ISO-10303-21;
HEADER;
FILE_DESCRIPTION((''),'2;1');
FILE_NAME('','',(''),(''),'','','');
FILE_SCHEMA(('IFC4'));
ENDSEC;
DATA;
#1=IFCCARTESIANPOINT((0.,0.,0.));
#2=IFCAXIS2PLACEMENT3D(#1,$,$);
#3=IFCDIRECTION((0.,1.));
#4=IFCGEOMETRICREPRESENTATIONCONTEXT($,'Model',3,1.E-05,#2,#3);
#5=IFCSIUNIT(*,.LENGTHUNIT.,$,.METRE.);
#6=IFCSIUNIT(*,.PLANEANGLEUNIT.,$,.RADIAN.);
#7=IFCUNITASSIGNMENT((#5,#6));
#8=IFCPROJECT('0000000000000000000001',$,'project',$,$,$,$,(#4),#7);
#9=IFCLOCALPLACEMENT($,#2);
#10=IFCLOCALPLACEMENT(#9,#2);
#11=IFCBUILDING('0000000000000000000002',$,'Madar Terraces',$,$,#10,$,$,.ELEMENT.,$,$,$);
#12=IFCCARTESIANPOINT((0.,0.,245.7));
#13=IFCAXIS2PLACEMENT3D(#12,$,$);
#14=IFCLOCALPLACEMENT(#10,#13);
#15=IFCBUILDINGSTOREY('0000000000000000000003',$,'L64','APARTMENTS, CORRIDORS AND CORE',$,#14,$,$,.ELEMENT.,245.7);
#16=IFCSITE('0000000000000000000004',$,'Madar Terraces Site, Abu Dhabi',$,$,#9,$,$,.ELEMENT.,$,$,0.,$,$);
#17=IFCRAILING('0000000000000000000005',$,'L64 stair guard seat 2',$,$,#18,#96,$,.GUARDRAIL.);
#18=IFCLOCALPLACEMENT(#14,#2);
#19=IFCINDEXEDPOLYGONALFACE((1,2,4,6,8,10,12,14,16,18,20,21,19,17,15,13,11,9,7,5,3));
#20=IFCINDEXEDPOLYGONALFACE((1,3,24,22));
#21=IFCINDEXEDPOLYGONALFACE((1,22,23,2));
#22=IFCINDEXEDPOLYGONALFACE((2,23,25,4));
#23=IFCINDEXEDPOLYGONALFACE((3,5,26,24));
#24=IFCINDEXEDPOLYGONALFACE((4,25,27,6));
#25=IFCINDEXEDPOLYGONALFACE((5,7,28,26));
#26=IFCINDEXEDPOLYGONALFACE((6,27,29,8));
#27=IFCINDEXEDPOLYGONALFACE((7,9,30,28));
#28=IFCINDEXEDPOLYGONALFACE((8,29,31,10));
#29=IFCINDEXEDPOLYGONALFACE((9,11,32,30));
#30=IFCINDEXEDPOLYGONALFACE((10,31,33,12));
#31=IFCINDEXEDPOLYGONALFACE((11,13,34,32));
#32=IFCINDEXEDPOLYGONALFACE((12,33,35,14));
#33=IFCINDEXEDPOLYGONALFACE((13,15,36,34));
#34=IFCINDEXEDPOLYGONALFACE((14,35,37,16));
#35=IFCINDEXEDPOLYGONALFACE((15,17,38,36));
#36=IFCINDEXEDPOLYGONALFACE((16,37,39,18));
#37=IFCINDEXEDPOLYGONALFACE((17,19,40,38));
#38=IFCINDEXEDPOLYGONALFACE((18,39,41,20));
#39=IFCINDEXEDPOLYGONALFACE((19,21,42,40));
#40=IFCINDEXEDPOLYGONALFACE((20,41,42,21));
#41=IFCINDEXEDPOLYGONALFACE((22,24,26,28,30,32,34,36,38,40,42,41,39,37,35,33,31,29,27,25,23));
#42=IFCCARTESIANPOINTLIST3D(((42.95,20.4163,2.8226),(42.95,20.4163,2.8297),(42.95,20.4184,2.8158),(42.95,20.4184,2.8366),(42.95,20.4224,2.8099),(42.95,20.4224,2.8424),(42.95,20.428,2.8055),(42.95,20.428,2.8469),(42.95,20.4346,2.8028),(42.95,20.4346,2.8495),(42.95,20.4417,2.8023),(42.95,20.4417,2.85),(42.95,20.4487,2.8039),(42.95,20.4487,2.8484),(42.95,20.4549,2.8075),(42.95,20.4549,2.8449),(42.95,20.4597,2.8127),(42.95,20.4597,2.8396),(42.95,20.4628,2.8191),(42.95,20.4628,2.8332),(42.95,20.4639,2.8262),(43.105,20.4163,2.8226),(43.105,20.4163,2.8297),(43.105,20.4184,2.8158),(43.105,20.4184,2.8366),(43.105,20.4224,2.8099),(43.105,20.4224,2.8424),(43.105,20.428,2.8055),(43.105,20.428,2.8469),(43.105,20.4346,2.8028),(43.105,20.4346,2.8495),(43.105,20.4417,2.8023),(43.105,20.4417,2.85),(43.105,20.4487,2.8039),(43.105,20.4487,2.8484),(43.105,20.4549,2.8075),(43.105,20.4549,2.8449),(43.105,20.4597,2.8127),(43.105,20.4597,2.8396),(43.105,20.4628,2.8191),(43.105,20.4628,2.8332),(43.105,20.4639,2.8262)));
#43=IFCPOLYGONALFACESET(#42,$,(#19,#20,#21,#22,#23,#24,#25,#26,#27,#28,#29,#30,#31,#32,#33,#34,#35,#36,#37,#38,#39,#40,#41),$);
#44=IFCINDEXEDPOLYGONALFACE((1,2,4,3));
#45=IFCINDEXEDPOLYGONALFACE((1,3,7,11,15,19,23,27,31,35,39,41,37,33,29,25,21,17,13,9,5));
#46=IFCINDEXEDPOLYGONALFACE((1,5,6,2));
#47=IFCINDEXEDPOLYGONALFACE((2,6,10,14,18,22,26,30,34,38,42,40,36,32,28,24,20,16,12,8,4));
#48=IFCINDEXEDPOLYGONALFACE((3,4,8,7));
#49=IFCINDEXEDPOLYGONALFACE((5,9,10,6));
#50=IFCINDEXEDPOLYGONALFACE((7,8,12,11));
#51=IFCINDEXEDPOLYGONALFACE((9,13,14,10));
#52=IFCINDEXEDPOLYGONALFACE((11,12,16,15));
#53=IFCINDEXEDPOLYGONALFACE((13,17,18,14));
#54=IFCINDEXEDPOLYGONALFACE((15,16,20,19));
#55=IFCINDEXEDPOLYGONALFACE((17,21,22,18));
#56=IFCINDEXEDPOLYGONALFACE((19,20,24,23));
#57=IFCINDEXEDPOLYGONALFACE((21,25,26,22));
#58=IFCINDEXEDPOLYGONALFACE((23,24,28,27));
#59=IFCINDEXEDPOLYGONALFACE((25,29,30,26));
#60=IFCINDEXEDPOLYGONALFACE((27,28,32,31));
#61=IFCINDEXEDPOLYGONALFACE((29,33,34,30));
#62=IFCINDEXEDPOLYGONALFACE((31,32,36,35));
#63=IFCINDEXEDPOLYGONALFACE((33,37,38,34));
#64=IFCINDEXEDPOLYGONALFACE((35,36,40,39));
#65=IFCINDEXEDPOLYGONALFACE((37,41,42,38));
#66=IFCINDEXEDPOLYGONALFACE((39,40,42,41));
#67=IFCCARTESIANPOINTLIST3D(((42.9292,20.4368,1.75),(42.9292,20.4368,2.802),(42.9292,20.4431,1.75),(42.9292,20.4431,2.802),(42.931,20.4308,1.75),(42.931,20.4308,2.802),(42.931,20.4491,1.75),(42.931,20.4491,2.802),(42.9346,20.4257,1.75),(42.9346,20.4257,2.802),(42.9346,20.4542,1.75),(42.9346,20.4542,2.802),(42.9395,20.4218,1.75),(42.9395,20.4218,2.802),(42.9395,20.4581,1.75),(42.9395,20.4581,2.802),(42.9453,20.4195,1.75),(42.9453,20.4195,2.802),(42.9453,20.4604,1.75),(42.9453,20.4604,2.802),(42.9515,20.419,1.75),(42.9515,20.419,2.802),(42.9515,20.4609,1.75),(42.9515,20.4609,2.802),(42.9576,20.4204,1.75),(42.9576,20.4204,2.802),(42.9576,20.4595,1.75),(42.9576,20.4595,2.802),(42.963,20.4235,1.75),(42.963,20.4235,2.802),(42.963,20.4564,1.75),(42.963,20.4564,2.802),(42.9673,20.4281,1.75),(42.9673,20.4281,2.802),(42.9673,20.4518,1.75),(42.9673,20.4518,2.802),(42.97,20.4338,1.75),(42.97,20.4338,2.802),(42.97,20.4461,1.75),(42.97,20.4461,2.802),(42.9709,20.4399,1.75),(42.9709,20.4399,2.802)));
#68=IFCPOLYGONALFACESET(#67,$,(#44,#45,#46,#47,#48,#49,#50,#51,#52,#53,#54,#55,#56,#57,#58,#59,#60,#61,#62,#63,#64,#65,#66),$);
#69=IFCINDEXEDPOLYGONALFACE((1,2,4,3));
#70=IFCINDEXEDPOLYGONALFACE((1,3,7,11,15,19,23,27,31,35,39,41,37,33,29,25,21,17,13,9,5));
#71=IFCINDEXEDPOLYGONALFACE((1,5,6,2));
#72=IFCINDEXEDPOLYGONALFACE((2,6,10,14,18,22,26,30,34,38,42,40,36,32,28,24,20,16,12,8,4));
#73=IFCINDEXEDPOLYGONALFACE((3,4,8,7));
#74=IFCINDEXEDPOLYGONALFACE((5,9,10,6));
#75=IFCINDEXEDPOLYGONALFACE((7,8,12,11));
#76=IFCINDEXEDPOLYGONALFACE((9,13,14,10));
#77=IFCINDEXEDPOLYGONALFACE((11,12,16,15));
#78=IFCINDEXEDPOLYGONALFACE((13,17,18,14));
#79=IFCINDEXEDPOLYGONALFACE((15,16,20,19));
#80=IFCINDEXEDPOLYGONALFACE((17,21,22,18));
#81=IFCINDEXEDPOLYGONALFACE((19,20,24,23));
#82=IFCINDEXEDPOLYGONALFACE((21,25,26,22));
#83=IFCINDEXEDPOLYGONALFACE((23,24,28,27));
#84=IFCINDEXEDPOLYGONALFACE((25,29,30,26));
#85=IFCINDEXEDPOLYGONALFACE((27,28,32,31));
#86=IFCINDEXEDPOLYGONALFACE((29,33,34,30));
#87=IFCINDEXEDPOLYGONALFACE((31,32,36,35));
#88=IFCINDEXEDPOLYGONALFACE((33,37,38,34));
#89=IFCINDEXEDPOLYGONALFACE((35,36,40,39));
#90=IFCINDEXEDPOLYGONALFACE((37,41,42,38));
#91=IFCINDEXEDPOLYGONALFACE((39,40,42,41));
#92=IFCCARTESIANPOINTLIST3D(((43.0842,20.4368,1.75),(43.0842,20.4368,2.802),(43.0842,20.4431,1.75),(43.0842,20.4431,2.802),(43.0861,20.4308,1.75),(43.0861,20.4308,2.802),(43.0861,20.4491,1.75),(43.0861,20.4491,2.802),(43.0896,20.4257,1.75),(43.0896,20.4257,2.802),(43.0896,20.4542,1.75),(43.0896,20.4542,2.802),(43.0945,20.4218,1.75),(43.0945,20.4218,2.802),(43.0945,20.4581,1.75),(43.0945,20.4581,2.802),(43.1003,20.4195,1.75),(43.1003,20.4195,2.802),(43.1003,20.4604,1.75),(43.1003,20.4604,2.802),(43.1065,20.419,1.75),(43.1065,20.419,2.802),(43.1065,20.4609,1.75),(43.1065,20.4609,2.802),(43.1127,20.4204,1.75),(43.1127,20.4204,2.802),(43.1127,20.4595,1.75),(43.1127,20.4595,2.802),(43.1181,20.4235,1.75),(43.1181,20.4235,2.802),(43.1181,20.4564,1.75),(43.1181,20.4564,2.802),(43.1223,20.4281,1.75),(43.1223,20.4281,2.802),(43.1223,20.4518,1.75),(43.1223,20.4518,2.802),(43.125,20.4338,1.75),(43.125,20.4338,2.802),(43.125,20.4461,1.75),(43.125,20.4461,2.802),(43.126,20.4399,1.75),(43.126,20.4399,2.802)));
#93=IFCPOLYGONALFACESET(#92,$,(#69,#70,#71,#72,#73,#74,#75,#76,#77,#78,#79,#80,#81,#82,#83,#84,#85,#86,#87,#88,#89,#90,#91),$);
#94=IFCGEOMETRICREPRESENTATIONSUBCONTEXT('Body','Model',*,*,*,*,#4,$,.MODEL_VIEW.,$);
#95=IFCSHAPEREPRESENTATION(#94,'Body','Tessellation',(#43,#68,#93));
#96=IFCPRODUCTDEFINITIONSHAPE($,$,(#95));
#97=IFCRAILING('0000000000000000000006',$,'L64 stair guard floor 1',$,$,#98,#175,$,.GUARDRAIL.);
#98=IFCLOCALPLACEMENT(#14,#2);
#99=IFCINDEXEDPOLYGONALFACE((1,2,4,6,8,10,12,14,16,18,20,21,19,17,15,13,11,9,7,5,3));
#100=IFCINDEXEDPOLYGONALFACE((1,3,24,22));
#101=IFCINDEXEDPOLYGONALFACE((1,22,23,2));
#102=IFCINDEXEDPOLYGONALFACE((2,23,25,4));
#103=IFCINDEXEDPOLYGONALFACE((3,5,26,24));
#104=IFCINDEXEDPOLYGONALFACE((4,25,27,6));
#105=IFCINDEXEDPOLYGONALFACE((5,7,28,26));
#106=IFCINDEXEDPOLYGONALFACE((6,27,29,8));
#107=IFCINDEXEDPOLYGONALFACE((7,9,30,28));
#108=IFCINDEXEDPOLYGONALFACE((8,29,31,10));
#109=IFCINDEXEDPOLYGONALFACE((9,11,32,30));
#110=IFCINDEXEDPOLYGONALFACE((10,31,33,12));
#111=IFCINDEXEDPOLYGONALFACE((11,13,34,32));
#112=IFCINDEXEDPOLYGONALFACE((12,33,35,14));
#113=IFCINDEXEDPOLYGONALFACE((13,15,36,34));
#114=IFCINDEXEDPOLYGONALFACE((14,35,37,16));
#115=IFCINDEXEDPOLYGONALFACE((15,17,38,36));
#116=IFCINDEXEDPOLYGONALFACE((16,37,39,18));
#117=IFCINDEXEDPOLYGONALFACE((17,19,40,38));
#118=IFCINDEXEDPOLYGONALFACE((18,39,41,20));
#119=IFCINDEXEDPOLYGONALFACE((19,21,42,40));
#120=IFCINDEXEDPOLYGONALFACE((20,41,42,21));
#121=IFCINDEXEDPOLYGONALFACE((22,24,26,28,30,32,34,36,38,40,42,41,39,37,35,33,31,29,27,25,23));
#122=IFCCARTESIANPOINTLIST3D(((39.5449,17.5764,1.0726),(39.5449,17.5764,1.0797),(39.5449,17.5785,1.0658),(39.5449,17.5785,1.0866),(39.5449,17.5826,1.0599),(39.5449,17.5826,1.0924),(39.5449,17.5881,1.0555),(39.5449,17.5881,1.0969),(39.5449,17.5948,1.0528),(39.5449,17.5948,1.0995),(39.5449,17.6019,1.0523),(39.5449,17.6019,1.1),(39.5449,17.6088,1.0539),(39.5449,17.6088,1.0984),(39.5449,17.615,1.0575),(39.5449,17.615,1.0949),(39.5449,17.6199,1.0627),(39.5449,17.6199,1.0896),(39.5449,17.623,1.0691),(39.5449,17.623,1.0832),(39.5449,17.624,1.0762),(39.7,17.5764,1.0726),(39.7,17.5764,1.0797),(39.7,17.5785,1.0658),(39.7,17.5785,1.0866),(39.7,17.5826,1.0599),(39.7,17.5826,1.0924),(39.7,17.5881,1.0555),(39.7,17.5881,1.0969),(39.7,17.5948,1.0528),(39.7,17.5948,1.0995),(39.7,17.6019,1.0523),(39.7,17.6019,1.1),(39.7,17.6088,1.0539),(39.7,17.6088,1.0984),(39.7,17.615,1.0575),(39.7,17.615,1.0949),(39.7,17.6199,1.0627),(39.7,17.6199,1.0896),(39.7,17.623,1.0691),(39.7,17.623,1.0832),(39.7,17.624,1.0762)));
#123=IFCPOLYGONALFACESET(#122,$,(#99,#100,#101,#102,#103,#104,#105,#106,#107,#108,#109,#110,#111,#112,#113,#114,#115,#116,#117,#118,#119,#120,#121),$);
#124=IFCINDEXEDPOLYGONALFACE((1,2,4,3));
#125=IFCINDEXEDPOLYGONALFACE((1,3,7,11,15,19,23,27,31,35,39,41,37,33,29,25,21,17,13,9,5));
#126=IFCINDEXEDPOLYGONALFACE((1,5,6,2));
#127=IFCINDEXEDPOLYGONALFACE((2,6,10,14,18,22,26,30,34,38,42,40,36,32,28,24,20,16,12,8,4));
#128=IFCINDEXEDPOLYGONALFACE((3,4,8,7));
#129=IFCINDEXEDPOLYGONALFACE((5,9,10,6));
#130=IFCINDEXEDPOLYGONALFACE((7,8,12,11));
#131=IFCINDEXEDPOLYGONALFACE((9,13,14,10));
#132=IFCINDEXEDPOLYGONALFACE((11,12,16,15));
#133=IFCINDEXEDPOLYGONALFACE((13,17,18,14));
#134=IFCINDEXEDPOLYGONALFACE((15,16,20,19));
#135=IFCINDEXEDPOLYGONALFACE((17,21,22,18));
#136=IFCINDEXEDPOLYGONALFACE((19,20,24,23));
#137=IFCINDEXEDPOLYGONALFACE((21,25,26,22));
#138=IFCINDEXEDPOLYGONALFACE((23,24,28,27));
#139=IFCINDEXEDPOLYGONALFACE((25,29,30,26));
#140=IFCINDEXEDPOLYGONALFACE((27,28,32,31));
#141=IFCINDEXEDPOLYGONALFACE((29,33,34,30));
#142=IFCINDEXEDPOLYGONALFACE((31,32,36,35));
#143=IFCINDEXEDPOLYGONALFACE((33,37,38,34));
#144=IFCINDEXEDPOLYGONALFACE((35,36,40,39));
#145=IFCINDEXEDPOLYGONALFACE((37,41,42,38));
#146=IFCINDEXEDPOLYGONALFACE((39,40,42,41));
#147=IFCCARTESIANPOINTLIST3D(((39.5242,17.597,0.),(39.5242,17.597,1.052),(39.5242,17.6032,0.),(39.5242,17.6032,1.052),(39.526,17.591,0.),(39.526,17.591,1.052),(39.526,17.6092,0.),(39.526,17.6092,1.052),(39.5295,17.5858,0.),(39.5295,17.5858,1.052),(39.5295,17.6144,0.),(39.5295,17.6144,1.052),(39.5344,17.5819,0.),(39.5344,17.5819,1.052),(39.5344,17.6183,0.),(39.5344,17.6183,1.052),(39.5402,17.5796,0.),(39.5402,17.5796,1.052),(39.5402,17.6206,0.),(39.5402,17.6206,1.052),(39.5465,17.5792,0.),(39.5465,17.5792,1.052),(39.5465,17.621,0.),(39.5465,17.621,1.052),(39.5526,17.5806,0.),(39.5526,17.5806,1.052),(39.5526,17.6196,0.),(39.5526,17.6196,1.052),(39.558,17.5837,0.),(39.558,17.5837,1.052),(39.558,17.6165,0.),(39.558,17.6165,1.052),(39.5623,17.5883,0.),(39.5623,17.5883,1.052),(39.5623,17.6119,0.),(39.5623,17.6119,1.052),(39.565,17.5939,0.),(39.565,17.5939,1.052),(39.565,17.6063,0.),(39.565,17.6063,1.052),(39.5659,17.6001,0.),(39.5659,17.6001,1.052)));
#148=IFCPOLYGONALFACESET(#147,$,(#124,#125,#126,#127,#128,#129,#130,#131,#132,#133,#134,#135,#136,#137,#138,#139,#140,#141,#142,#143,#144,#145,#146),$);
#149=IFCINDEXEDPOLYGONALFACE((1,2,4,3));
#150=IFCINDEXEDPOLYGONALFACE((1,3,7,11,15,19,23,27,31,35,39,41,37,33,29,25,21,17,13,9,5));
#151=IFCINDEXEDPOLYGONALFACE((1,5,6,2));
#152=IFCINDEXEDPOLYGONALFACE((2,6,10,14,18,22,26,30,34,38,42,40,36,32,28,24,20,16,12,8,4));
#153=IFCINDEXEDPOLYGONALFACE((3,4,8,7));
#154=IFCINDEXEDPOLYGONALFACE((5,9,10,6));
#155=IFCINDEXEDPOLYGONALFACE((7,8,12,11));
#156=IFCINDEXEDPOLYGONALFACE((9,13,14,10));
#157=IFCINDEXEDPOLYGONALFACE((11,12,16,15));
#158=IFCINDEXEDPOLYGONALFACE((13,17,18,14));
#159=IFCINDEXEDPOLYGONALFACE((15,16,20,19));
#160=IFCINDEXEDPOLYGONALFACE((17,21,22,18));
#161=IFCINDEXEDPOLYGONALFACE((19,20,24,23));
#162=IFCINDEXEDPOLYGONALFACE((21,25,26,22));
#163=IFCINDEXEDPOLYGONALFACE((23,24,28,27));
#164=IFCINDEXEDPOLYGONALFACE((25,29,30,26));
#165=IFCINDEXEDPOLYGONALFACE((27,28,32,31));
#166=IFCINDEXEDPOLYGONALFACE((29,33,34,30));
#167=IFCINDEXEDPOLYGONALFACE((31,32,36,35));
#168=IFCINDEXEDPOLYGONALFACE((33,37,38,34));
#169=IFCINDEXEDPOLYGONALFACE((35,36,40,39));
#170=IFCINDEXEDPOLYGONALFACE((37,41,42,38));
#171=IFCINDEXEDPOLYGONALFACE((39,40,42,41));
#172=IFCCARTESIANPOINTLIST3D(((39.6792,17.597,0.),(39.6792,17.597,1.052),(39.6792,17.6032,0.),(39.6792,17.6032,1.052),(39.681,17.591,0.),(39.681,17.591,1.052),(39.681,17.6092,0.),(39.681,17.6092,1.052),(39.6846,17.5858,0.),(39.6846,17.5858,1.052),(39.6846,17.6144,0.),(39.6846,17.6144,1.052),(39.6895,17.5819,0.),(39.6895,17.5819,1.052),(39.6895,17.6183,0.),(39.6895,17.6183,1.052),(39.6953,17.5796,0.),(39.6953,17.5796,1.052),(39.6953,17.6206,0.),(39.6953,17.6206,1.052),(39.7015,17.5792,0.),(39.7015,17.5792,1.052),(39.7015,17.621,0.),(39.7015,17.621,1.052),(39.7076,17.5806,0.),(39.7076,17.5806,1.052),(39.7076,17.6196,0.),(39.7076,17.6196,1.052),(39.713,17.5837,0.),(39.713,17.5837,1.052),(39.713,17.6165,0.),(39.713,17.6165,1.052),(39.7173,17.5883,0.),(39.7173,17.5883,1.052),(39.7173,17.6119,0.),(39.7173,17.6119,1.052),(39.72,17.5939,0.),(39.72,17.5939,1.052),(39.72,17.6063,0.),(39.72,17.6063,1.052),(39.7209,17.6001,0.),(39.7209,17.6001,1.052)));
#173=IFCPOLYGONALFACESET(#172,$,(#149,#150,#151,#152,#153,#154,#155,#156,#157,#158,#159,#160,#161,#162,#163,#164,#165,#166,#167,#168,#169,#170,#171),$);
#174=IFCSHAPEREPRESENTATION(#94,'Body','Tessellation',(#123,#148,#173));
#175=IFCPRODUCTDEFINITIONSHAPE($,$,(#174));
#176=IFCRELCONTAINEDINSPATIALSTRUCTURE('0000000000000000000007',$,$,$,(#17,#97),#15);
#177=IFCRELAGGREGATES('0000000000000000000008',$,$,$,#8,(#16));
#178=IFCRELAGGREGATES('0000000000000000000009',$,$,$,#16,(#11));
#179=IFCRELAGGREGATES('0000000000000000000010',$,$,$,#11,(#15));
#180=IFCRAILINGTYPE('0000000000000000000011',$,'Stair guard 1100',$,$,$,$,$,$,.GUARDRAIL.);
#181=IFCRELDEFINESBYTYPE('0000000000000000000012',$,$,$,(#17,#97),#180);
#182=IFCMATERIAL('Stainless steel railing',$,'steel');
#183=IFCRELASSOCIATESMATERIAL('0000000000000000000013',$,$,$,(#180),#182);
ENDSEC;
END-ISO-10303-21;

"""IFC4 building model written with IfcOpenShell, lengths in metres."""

from ifc_helpers import new_model, si_unit, direction, frame, origin, origin_2d, place, context, subcontext, project, spatial, circle, extrude, material, type_object, element, save


model = new_model("IFC4")

# Units and contexts
model_context = context("Model", 3, precision=1e-05, world=origin(), true_north=direction((0.0, 1.0)))
body_context = subcontext(model_context, "Body", "Model", "MODEL_VIEW")
ifc_project = project(units=[si_unit("LENGTHUNIT", "METRE"), si_unit("PLANEANGLEUNIT", "RADIAN")], contexts=[model_context])

# Site, building, storey
site_placement = place(None, origin())
site = spatial("IfcSite", under=ifc_project, at=site_placement, Name="Madar Terraces Site, Abu Dhabi", CompositionType="ELEMENT", RefElevation=0.0)
building_placement = place(site_placement, origin())
building = spatial("IfcBuilding", under=site, at=building_placement, Name="Madar Terraces", CompositionType="ELEMENT")
storey_placement = place(building_placement, frame((0.0, 0.0, 245.7)))
storey = spatial("IfcBuildingStorey", under=building, at=storey_placement, Name="L64", Description="APARTMENTS, CORRIDORS AND CORE", CompositionType="ELEMENT", Elevation=245.7)

# Railings
ifc_material_1 = material(Name="Stainless steel railing", Category="steel")
railing_type_1 = type_object("IfcRailingType", Name="Stair guard 1100", PredefinedType="GUARDRAIL", material=ifc_material_1)
for number, where, name in (
    (1, (42.95, 20.4399, 1.75), "L64 stair guard seat 2"),
    (2, (39.5449, 17.6001, 0.0), "L64 stair guard floor 1"),
):
    element("IfcRailing", number, at=place(storey_placement, frame(where)), inside=storey, type_object=railing_type_1, Name=name, PredefinedType="GUARDRAIL", context=body_context, shape_type="SweptSolid", body=[
        extrude(circle(Radius=0.0239, at=origin_2d()), frame((0.0, 0.0, 1.0762), z_axis=(1.0, 0.0, 0.0), x_axis=(0.0, 1.0, 0.0)), (0.0, 0.0, 1.0), 0.155),
        extrude(circle(Radius=0.021, at=origin_2d()), origin(), (0.0, 0.0, 1.0), 1.052),
        extrude(circle(Radius=0.021, at=origin_2d()), frame((0.155, 0.0, 0.0)), (0.0, 0.0, 1.0), 1.052),
    ])

save(model, "model.ifc")
